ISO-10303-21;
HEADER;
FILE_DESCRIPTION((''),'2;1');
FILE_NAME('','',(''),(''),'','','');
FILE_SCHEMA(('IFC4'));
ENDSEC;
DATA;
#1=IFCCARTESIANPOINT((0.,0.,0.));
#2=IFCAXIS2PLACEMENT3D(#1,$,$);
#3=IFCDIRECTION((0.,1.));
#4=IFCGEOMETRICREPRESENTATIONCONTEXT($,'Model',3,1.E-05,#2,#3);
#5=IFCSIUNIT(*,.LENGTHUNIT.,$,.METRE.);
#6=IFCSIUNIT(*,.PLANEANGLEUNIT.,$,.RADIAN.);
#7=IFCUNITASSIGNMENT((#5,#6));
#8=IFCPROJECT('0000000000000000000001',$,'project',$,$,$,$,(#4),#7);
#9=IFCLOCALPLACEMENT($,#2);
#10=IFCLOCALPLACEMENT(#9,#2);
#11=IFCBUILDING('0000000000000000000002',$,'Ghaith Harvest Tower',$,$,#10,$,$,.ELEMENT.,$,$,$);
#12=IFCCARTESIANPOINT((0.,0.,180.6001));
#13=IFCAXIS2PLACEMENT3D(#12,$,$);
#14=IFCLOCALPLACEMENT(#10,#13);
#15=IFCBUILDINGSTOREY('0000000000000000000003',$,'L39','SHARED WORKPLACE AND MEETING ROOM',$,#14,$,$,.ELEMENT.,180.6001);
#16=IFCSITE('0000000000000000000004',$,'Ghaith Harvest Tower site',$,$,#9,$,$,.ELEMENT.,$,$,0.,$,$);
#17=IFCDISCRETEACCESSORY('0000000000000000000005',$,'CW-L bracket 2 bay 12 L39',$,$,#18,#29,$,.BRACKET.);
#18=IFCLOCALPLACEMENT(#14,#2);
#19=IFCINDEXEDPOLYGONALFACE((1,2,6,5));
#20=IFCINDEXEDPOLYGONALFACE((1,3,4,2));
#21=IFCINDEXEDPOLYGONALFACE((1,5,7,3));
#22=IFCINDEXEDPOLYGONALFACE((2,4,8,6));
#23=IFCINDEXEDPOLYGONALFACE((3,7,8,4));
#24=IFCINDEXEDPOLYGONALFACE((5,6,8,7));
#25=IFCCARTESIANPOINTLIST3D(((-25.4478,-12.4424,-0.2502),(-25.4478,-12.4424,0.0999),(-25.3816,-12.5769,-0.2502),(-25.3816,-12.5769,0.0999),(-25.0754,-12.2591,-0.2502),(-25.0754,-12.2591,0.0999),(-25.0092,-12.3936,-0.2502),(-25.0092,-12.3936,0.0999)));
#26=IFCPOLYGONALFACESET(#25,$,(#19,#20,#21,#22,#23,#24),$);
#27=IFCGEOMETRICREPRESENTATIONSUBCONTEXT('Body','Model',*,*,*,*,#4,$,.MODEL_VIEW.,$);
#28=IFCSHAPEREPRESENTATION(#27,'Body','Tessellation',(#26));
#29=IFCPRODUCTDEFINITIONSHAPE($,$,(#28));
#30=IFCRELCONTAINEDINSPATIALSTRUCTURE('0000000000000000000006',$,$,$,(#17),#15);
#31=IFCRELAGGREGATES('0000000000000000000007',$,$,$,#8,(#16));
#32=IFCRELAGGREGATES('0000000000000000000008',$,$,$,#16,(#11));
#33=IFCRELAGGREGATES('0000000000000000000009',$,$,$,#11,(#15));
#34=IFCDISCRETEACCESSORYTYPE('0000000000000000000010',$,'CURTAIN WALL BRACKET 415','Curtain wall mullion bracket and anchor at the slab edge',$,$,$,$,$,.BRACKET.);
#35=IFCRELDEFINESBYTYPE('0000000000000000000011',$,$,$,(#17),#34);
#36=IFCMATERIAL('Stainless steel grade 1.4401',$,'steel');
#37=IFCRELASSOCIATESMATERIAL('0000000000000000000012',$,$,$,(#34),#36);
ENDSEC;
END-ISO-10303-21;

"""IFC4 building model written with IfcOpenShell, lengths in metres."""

from ifc_helpers import new_model, si_unit, direction, frame, origin, origin_2d, place, context, subcontext, project, spatial, rectangle, extrude, material, type_object, element, save


model = new_model("IFC4")

# Units and contexts
model_context = context("Model", 3, precision=1e-05, world=origin(), true_north=direction((0.0, 1.0)))
body_context = subcontext(model_context, "Body", "Model", "MODEL_VIEW")
ifc_project = project(units=[si_unit("LENGTHUNIT", "METRE"), si_unit("PLANEANGLEUNIT", "RADIAN")], contexts=[model_context])

# Site, building, storey
site_placement = place(None, origin())
site = spatial("IfcSite", under=ifc_project, at=site_placement, Name="Ghaith Harvest Tower site", CompositionType="ELEMENT", RefElevation=0.0)
building_placement = place(site_placement, origin())
building = spatial("IfcBuilding", under=site, at=building_placement, Name="Ghaith Harvest Tower", CompositionType="ELEMENT")
storey_placement = place(building_placement, frame((0.0, 0.0, 180.6001)))
storey = spatial("IfcBuildingStorey", under=building, at=storey_placement, Name="L39", Description="SHARED WORKPLACE AND MEETING ROOM", CompositionType="ELEMENT", Elevation=180.6001)

# Discrete accessory
ifc_material_1 = material(Name="Stainless steel grade 1.4401", Category="steel")
discrete_accessory_type_1 = type_object("IfcDiscreteAccessoryType", Name="CURTAIN WALL BRACKET 415", Description="Curtain wall mullion bracket and anchor at the slab edge", PredefinedType="BRACKET", material=ifc_material_1)
discrete_accessory_1_placement = place(storey_placement, frame((-25.2285, -12.418, -0.2502), z_axis=(0.0, 0.0, 1.0), x_axis=(-0.897201, -0.441622, 0.0)))
element("IfcDiscreteAccessory", 1, at=discrete_accessory_1_placement, inside=storey, type_object=discrete_accessory_type_1, Name="CW-L bracket 2 bay 12 L39", PredefinedType="BRACKET", context=body_context, shape_type="SweptSolid", body=[
    extrude(rectangle(XDim=0.415, YDim=0.1499, at=origin_2d()), origin(), (0.0, 0.0, 1.0), 0.3501),
])

save(model, "model.ifc")
